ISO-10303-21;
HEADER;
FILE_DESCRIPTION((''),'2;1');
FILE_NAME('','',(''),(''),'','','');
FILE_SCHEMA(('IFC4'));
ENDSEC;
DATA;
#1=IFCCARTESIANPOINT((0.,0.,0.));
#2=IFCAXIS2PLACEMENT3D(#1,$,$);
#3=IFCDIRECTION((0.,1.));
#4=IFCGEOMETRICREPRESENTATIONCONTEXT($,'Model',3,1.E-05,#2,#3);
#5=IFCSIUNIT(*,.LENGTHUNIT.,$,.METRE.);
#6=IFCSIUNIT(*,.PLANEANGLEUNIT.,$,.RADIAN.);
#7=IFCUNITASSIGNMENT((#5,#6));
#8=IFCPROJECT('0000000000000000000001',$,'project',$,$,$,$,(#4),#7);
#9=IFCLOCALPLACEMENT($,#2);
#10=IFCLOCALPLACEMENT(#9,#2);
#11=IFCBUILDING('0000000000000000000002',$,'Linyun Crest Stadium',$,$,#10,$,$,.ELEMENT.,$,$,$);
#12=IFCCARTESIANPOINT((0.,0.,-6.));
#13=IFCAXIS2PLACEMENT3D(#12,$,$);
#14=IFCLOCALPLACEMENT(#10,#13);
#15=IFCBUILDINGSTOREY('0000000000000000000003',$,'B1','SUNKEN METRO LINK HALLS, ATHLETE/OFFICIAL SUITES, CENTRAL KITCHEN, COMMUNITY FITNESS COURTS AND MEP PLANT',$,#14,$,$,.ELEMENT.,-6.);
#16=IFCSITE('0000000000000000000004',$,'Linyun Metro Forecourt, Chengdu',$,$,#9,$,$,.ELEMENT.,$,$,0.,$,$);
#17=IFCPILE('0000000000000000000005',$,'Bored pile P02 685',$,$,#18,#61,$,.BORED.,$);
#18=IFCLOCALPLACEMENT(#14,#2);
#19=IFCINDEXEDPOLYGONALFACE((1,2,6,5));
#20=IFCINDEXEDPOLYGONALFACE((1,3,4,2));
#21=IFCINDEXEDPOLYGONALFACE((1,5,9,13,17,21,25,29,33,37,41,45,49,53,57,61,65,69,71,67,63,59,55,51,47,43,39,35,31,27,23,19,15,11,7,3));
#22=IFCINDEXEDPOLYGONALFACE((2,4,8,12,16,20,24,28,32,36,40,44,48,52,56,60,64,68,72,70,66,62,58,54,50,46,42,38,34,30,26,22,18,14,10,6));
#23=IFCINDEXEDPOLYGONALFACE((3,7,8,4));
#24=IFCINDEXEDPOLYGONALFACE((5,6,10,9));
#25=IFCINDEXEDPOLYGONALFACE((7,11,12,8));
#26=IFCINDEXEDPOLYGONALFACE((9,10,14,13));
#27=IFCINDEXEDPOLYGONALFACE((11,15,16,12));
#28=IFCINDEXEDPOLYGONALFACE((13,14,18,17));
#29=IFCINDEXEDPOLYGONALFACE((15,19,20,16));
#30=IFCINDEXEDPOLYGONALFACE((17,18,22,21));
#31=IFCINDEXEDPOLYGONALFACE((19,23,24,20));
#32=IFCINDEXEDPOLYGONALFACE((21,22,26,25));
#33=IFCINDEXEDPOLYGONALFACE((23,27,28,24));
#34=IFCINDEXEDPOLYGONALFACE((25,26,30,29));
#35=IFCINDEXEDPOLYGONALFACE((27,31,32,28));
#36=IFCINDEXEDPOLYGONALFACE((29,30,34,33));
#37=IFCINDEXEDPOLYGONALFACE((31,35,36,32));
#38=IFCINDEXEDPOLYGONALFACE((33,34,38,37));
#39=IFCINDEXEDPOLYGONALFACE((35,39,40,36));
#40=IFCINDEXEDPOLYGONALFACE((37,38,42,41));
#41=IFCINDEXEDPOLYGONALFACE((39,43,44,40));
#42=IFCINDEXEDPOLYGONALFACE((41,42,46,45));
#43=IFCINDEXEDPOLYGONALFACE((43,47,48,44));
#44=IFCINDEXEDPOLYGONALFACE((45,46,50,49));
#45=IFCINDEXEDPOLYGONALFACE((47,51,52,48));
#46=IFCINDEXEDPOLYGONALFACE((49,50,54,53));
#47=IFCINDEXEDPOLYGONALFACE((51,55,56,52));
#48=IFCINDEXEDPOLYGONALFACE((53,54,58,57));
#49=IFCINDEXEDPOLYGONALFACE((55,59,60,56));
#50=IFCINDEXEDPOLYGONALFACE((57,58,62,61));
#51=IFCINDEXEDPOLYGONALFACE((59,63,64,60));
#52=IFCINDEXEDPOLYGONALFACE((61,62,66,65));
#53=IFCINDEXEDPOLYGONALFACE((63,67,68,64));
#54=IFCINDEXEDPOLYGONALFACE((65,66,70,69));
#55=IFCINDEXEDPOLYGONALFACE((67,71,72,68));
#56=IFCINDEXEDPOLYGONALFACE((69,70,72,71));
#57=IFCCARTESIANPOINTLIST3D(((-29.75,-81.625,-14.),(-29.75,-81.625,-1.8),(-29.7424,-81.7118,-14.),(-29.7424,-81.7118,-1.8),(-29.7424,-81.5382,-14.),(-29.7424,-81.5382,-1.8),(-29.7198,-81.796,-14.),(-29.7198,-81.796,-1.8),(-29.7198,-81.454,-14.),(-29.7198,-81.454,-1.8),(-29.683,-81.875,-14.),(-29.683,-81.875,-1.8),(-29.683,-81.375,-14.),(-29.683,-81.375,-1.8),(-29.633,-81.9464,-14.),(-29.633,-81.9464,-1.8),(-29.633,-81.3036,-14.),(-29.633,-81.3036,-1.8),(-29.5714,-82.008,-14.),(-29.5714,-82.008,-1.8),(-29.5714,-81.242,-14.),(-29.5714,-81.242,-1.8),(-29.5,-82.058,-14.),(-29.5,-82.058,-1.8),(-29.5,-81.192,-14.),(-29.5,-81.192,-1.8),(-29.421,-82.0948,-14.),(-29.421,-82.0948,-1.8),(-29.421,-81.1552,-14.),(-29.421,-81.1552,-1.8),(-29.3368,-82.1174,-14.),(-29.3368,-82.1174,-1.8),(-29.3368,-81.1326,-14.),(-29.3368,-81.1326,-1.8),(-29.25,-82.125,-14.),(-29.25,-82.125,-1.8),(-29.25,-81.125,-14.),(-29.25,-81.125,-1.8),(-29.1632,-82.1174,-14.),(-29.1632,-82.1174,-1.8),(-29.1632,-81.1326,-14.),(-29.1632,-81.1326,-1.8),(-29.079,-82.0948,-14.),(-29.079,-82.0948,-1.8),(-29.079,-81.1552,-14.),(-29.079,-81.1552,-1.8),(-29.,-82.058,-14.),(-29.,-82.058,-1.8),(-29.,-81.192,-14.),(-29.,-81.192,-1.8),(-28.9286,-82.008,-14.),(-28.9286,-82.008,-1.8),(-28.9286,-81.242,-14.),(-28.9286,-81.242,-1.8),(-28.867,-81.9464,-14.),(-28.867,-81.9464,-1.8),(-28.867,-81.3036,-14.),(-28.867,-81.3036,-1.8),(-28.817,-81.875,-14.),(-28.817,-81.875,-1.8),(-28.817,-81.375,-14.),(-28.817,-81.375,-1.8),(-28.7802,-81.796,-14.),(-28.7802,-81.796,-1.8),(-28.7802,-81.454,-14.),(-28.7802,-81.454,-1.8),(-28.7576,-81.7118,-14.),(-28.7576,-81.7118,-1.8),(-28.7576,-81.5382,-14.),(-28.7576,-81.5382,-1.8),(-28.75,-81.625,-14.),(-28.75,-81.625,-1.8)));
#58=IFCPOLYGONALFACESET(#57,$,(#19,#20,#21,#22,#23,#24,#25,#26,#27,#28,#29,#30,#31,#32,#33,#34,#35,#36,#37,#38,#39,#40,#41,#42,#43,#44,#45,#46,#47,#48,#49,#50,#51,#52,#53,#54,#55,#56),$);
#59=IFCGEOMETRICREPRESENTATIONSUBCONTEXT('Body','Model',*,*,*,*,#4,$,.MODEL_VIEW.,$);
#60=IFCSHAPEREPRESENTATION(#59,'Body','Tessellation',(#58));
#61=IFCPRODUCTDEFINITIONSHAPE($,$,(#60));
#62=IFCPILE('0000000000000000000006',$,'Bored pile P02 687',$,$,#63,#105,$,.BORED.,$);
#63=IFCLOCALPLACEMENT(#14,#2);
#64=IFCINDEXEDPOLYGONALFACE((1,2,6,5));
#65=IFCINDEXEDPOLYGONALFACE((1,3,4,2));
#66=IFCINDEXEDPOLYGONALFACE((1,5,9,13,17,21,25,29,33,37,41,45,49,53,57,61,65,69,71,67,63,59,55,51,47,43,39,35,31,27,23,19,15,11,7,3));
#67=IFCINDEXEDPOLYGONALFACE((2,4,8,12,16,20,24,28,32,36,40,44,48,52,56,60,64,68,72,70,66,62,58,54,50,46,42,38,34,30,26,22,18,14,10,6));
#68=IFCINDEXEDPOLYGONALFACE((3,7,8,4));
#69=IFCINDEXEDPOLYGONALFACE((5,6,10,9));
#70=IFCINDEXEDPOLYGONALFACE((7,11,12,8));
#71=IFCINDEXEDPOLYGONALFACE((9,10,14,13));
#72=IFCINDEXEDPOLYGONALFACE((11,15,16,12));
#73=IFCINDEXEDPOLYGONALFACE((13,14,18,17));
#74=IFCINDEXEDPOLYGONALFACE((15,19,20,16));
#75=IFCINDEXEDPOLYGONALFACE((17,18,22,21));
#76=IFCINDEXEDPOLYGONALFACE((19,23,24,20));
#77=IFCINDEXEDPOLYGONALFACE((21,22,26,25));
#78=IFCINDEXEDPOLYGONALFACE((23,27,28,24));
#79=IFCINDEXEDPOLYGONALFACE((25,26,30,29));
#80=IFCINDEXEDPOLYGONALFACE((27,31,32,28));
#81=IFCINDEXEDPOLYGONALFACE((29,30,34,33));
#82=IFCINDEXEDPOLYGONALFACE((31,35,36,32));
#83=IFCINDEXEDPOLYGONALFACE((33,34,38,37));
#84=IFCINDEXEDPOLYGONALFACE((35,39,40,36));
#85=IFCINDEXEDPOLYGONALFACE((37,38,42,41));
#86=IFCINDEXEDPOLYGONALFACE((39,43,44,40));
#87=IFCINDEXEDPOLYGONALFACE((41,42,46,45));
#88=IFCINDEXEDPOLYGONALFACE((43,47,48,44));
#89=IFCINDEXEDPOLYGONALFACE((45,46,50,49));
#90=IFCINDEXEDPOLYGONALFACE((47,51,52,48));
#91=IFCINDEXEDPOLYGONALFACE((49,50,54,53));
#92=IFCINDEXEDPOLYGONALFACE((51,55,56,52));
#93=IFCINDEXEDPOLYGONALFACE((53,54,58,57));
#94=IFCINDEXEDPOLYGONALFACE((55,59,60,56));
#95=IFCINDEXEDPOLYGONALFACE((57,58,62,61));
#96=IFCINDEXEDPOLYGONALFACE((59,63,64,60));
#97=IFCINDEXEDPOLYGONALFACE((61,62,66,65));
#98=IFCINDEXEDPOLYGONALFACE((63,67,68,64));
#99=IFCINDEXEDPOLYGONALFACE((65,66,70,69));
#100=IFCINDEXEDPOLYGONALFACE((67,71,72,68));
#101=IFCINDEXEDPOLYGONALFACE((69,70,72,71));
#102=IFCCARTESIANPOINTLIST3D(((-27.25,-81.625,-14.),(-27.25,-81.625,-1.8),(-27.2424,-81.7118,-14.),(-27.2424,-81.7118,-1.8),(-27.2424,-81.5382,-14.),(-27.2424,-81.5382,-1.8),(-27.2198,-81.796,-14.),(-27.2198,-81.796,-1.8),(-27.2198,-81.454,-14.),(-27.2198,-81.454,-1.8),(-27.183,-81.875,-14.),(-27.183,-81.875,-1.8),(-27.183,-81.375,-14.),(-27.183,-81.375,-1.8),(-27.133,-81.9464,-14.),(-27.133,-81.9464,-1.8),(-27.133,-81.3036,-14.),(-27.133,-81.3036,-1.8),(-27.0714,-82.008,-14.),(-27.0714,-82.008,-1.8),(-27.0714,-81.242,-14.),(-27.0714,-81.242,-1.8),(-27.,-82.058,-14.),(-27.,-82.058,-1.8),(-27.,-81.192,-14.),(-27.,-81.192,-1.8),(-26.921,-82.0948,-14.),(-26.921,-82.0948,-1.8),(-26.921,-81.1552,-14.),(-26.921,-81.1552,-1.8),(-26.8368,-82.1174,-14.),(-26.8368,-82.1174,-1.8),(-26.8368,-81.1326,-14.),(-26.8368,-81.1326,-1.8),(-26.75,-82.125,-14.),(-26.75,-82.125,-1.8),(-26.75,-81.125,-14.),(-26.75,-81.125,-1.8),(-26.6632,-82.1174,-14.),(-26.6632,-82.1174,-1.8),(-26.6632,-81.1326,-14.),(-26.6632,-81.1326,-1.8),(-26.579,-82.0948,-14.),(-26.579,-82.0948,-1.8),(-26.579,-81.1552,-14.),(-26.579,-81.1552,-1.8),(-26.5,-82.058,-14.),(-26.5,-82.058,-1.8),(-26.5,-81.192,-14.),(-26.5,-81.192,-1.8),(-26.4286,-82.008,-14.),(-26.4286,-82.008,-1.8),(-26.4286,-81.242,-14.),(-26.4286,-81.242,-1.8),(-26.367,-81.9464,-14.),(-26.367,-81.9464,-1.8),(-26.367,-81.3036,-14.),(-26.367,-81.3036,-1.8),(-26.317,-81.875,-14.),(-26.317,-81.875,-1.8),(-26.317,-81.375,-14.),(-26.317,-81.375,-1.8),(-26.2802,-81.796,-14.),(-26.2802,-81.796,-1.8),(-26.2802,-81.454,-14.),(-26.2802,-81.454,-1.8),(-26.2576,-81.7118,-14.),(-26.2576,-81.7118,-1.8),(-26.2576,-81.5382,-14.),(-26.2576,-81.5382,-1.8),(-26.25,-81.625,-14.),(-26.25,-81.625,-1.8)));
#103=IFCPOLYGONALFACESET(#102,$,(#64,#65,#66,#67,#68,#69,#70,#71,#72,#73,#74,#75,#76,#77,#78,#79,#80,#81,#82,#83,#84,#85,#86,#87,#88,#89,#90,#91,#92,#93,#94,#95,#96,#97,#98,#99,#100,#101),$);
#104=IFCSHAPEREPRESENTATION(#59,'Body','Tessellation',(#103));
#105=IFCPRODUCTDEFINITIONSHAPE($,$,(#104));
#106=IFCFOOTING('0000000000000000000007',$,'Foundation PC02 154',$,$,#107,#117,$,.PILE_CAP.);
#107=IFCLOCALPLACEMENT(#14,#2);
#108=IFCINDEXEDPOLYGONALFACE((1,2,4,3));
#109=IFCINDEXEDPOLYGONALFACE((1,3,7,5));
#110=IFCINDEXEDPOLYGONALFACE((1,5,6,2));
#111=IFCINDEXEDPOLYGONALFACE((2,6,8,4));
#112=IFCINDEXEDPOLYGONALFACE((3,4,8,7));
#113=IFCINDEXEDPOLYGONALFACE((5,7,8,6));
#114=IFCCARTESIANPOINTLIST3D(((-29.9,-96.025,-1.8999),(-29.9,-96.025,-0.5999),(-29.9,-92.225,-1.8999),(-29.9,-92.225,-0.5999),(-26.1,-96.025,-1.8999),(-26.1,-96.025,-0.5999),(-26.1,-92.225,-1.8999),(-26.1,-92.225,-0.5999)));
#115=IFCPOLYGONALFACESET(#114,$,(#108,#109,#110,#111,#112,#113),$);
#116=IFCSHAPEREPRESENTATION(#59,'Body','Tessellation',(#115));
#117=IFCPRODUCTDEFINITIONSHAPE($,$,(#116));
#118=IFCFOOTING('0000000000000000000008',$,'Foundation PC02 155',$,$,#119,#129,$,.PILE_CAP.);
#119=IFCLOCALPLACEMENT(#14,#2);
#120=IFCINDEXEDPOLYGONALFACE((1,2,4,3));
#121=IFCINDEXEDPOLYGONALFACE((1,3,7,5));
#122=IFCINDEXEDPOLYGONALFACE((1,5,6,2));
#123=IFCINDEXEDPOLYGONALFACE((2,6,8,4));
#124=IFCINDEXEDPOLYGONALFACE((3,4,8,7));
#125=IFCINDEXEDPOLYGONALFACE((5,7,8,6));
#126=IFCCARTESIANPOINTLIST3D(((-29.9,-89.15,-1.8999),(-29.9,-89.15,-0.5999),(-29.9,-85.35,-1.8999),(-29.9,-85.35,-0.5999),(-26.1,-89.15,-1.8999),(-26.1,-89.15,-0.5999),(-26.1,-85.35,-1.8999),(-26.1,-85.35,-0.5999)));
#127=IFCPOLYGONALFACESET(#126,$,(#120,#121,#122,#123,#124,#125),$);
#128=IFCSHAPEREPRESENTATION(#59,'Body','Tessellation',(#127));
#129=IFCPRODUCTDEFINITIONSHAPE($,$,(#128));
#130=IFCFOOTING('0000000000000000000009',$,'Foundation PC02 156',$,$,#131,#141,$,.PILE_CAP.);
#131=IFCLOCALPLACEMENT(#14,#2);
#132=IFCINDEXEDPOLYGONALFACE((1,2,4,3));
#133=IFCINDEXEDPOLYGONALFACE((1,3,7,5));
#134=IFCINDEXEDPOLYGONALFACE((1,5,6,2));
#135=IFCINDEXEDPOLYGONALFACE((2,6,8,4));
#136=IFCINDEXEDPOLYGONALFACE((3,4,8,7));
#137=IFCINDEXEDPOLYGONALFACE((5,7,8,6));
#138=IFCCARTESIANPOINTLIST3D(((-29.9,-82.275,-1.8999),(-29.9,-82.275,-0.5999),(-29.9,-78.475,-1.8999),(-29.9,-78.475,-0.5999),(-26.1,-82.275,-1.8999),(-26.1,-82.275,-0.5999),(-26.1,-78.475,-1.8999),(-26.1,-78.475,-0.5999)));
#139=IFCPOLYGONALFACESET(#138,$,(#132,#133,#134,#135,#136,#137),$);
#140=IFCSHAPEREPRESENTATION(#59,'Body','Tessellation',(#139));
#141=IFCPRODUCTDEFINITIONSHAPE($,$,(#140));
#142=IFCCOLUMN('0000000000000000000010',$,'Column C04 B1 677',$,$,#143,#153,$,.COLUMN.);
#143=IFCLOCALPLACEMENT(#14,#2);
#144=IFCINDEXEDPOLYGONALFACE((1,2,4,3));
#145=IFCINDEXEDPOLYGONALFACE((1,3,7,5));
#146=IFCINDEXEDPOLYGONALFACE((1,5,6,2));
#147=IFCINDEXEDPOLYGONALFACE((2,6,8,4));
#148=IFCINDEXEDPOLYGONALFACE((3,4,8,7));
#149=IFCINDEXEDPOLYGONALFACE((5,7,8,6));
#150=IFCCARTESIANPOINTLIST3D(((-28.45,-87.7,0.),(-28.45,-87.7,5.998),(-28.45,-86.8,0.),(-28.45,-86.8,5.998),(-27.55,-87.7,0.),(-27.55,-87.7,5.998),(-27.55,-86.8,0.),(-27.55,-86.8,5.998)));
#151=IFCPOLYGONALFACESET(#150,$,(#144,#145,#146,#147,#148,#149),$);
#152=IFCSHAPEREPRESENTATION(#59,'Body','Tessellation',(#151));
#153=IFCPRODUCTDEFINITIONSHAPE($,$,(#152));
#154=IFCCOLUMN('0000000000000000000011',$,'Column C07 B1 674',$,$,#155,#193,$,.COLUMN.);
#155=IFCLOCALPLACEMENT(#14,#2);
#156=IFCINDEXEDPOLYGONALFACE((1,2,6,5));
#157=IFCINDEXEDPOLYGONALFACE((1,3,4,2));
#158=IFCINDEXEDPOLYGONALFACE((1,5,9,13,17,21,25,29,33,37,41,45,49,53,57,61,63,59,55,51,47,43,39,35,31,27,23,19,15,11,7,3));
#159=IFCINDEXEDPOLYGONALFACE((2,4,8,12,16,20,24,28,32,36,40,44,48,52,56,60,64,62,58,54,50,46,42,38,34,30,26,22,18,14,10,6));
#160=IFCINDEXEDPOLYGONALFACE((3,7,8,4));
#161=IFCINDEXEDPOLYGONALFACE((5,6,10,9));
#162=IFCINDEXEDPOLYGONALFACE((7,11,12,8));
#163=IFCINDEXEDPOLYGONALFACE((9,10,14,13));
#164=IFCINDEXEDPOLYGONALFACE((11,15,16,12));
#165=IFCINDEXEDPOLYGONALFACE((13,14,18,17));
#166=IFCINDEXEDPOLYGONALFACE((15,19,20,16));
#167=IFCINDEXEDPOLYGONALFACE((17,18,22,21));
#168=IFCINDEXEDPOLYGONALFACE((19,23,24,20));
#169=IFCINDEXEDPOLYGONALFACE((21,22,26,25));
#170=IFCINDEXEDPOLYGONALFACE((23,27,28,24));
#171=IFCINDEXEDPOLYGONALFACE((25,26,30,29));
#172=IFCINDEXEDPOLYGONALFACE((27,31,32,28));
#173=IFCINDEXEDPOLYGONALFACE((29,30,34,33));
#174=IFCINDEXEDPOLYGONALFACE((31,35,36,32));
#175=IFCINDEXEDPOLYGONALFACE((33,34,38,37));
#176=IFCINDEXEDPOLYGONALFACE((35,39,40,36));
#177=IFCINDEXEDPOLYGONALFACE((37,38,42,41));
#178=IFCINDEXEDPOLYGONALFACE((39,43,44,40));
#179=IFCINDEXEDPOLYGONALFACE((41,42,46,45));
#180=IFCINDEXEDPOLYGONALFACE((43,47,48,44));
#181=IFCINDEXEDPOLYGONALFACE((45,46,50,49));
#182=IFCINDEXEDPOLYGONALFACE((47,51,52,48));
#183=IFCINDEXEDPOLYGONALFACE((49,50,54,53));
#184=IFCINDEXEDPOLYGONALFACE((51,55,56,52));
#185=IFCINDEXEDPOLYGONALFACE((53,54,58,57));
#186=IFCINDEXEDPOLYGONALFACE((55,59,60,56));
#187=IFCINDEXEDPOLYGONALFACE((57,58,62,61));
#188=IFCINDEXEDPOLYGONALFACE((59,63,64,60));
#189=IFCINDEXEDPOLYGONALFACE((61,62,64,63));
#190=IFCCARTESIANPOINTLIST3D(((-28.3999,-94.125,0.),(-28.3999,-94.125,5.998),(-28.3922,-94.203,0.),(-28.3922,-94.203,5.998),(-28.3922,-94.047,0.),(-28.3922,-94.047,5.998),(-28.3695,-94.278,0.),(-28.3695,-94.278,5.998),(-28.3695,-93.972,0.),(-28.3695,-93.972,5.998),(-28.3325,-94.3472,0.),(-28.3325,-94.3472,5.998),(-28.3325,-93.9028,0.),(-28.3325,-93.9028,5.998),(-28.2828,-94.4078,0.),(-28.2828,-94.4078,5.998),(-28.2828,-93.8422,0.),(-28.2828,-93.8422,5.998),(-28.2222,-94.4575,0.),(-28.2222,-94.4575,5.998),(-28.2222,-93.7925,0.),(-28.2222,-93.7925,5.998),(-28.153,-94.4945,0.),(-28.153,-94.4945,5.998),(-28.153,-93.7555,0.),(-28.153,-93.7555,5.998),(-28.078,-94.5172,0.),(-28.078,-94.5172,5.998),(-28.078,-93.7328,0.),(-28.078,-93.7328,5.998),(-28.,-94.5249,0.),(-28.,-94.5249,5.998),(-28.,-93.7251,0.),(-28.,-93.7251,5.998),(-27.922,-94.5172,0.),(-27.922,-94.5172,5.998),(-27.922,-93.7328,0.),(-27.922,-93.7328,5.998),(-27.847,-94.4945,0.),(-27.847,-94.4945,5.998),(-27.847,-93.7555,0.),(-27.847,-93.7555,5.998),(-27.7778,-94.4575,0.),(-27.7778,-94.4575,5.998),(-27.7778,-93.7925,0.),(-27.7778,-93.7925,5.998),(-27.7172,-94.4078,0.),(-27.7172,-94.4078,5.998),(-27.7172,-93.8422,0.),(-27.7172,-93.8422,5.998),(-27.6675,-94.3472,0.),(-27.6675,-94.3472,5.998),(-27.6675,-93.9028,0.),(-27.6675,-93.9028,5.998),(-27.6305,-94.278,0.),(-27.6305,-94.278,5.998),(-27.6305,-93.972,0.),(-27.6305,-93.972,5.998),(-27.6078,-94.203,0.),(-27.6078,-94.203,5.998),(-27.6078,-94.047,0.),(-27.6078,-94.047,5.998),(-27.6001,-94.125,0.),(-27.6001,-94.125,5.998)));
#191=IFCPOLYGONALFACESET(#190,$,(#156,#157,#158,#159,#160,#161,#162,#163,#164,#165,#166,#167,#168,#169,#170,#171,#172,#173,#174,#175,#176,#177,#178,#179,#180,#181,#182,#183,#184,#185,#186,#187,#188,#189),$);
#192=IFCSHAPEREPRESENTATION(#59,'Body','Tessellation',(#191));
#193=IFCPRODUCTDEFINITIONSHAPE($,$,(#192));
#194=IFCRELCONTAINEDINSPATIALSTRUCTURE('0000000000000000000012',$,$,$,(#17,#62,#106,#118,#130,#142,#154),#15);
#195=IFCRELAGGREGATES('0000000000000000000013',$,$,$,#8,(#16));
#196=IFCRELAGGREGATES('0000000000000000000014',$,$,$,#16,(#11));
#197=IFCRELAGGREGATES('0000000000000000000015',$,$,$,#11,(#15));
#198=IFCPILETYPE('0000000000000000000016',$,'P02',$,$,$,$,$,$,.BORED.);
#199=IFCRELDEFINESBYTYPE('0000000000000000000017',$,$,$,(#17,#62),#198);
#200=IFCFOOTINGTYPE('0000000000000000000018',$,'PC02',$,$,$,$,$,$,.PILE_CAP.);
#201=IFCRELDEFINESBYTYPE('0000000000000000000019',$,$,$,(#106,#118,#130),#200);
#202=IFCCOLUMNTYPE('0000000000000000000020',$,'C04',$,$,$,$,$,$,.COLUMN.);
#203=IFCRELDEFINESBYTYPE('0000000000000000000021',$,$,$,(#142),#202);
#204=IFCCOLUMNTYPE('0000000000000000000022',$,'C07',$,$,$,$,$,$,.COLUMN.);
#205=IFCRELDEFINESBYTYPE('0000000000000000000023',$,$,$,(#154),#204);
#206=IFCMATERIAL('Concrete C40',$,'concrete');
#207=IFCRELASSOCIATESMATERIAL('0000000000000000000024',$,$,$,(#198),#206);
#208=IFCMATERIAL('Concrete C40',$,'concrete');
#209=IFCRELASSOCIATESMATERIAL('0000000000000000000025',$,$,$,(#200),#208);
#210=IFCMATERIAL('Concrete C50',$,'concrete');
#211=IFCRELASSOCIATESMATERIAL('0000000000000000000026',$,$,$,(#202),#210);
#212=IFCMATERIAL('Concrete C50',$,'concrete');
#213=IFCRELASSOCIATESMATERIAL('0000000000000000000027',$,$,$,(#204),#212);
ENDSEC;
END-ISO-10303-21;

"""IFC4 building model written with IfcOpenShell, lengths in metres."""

from ifc_helpers import new_model, si_unit, direction, frame, origin, origin_2d, place, context, subcontext, project, spatial, rectangle, circle, extrude, material, material_profile, profile_set, type_object, element, save


model = new_model("IFC4")

# Units and contexts
model_context = context("Model", 3, precision=1e-05, world=origin(), true_north=direction((0.0, 1.0)))
body_context = subcontext(model_context, "Body", "Model", "MODEL_VIEW")
ifc_project = project(units=[si_unit("LENGTHUNIT", "METRE"), si_unit("PLANEANGLEUNIT", "RADIAN")], contexts=[model_context])

# Site, building, storey
site_placement = place(None, origin())
site = spatial("IfcSite", under=ifc_project, at=site_placement, Name="Linyun Metro Forecourt, Chengdu", CompositionType="ELEMENT", RefElevation=0.0)
building_placement = place(site_placement, origin())
building = spatial("IfcBuilding", under=site, at=building_placement, Name="Linyun Crest Stadium", CompositionType="ELEMENT")
storey_placement = place(building_placement, frame((0.0, 0.0, -6.0)))
storey = spatial("IfcBuildingStorey", under=building, at=storey_placement, Name="B1", Description="SUNKEN METRO LINK HALLS, ATHLETE/OFFICIAL SUITES, CENTRAL KITCHEN, COMMUNITY FITNESS COURTS AND MEP PLANT", CompositionType="ELEMENT", Elevation=-6.0)

# Piles
ifc_material_1 = material(Name="Concrete C40", Category="concrete")
ifc_material_profile_1 = material_profile(ifc_material_1, circle(Radius=0.5, at=origin_2d()), Name="BORED PILE 1000")
ifc_profile_set_1 = profile_set([ifc_material_profile_1], Name="Concrete C40")
pile_type = type_object("IfcPileType", Name="P02", PredefinedType="BORED", material=ifc_profile_set_1)
for number, where, z_axis, x_axis, name in (
    (1, (-29.25, -81.625, -1.8), (0.0, 0.0, -1.0), (1.0, 0.0, 0.0), "Bored pile P02 685"),
    (2, (-26.75, -81.625, -1.8), (0.0, 0.0, -1.0), (1.0, 0.0, 0.0), "Bored pile P02 687"),
):
    element("IfcPile", number, at=place(storey_placement, frame(where, z_axis=z_axis, x_axis=x_axis)), inside=storey, type_object=pile_type, Name=name, PredefinedType="BORED", context=body_context, shape_type="SweptSolid", body=[
        extrude(circle(Radius=0.5, at=origin_2d()), origin(), (0.0, 0.0, 1.0), 12.2),
    ])

# Footings
ifc_material_2 = material(Name="Concrete C40", Category="concrete")
footing_type = type_object("IfcFootingType", Name="PC02", PredefinedType="PILE_CAP", material=ifc_material_2)
for number, where, z_axis, x_axis, name in (
    (3, (-28.0, -94.125, -1.8999), (0.0, 0.0, 1.0), (1.0, 0.0, 0.0), "Foundation PC02 154"),
    (4, (-28.0, -87.25, -1.8999), (0.0, 0.0, 1.0), (1.0, 0.0, 0.0), "Foundation PC02 155"),
    (5, (-28.0, -80.375, -1.8999), (0.0, 0.0, 1.0), (1.0, 0.0, 0.0), "Foundation PC02 156"),
):
    element("IfcFooting", number, at=place(storey_placement, frame(where, z_axis=z_axis, x_axis=x_axis)), inside=storey, type_object=footing_type, Name=name, PredefinedType="PILE_CAP", context=body_context, shape_type="SweptSolid", body=[
        extrude(rectangle(XDim=3.8, YDim=3.8, at=origin_2d()), origin(), (0.0, 0.0, 1.0), 1.3),
    ])

# Columns
ifc_material_3 = material(Name="Concrete C50", Category="concrete")
ifc_material_profile_2 = material_profile(ifc_material_3, rectangle(XDim=0.8999, YDim=0.8999, at=origin_2d()), Name="RC 900x900")
ifc_profile_set_2 = profile_set([ifc_material_profile_2], Name="Concrete C50")
column_type_1 = type_object("IfcColumnType", Name="C04", PredefinedType="COLUMN", material=ifc_profile_set_2)
column_1_placement = place(storey_placement, frame((-28.0, -87.25, 0.0), z_axis=(0.0, 0.0, 1.0), x_axis=(1.0, 0.0, 0.0)))
element("IfcColumn", 6, at=column_1_placement, inside=storey, type_object=column_type_1, Name="Column C04 B1 677", PredefinedType="COLUMN", context=body_context, shape_type="SweptSolid", body=[
    extrude(rectangle(XDim=0.8999, YDim=0.8999, at=origin_2d()), origin(), (0.0, 0.0, 1.0), 5.998),
])
ifc_material_4 = material(Name="Concrete C50", Category="concrete")
ifc_material_profile_3 = material_profile(ifc_material_4, circle(Radius=0.3999, at=origin_2d()), Name="RC D800")
ifc_profile_set_3 = profile_set([ifc_material_profile_3], Name="Concrete C50")
column_type_2 = type_object("IfcColumnType", Name="C07", PredefinedType="COLUMN", material=ifc_profile_set_3)
column_2_placement = place(storey_placement, frame((-28.0, -94.125, 0.0), z_axis=(0.0, 0.0, 1.0), x_axis=(1.0, 0.0, 0.0)))
element("IfcColumn", 7, at=column_2_placement, inside=storey, type_object=column_type_2, Name="Column C07 B1 674", PredefinedType="COLUMN", context=body_context, shape_type="SweptSolid", body=[
    extrude(circle(Radius=0.3999, at=origin_2d()), origin(), (0.0, 0.0, 1.0), 5.998),
])

save(model, "model.ifc")
